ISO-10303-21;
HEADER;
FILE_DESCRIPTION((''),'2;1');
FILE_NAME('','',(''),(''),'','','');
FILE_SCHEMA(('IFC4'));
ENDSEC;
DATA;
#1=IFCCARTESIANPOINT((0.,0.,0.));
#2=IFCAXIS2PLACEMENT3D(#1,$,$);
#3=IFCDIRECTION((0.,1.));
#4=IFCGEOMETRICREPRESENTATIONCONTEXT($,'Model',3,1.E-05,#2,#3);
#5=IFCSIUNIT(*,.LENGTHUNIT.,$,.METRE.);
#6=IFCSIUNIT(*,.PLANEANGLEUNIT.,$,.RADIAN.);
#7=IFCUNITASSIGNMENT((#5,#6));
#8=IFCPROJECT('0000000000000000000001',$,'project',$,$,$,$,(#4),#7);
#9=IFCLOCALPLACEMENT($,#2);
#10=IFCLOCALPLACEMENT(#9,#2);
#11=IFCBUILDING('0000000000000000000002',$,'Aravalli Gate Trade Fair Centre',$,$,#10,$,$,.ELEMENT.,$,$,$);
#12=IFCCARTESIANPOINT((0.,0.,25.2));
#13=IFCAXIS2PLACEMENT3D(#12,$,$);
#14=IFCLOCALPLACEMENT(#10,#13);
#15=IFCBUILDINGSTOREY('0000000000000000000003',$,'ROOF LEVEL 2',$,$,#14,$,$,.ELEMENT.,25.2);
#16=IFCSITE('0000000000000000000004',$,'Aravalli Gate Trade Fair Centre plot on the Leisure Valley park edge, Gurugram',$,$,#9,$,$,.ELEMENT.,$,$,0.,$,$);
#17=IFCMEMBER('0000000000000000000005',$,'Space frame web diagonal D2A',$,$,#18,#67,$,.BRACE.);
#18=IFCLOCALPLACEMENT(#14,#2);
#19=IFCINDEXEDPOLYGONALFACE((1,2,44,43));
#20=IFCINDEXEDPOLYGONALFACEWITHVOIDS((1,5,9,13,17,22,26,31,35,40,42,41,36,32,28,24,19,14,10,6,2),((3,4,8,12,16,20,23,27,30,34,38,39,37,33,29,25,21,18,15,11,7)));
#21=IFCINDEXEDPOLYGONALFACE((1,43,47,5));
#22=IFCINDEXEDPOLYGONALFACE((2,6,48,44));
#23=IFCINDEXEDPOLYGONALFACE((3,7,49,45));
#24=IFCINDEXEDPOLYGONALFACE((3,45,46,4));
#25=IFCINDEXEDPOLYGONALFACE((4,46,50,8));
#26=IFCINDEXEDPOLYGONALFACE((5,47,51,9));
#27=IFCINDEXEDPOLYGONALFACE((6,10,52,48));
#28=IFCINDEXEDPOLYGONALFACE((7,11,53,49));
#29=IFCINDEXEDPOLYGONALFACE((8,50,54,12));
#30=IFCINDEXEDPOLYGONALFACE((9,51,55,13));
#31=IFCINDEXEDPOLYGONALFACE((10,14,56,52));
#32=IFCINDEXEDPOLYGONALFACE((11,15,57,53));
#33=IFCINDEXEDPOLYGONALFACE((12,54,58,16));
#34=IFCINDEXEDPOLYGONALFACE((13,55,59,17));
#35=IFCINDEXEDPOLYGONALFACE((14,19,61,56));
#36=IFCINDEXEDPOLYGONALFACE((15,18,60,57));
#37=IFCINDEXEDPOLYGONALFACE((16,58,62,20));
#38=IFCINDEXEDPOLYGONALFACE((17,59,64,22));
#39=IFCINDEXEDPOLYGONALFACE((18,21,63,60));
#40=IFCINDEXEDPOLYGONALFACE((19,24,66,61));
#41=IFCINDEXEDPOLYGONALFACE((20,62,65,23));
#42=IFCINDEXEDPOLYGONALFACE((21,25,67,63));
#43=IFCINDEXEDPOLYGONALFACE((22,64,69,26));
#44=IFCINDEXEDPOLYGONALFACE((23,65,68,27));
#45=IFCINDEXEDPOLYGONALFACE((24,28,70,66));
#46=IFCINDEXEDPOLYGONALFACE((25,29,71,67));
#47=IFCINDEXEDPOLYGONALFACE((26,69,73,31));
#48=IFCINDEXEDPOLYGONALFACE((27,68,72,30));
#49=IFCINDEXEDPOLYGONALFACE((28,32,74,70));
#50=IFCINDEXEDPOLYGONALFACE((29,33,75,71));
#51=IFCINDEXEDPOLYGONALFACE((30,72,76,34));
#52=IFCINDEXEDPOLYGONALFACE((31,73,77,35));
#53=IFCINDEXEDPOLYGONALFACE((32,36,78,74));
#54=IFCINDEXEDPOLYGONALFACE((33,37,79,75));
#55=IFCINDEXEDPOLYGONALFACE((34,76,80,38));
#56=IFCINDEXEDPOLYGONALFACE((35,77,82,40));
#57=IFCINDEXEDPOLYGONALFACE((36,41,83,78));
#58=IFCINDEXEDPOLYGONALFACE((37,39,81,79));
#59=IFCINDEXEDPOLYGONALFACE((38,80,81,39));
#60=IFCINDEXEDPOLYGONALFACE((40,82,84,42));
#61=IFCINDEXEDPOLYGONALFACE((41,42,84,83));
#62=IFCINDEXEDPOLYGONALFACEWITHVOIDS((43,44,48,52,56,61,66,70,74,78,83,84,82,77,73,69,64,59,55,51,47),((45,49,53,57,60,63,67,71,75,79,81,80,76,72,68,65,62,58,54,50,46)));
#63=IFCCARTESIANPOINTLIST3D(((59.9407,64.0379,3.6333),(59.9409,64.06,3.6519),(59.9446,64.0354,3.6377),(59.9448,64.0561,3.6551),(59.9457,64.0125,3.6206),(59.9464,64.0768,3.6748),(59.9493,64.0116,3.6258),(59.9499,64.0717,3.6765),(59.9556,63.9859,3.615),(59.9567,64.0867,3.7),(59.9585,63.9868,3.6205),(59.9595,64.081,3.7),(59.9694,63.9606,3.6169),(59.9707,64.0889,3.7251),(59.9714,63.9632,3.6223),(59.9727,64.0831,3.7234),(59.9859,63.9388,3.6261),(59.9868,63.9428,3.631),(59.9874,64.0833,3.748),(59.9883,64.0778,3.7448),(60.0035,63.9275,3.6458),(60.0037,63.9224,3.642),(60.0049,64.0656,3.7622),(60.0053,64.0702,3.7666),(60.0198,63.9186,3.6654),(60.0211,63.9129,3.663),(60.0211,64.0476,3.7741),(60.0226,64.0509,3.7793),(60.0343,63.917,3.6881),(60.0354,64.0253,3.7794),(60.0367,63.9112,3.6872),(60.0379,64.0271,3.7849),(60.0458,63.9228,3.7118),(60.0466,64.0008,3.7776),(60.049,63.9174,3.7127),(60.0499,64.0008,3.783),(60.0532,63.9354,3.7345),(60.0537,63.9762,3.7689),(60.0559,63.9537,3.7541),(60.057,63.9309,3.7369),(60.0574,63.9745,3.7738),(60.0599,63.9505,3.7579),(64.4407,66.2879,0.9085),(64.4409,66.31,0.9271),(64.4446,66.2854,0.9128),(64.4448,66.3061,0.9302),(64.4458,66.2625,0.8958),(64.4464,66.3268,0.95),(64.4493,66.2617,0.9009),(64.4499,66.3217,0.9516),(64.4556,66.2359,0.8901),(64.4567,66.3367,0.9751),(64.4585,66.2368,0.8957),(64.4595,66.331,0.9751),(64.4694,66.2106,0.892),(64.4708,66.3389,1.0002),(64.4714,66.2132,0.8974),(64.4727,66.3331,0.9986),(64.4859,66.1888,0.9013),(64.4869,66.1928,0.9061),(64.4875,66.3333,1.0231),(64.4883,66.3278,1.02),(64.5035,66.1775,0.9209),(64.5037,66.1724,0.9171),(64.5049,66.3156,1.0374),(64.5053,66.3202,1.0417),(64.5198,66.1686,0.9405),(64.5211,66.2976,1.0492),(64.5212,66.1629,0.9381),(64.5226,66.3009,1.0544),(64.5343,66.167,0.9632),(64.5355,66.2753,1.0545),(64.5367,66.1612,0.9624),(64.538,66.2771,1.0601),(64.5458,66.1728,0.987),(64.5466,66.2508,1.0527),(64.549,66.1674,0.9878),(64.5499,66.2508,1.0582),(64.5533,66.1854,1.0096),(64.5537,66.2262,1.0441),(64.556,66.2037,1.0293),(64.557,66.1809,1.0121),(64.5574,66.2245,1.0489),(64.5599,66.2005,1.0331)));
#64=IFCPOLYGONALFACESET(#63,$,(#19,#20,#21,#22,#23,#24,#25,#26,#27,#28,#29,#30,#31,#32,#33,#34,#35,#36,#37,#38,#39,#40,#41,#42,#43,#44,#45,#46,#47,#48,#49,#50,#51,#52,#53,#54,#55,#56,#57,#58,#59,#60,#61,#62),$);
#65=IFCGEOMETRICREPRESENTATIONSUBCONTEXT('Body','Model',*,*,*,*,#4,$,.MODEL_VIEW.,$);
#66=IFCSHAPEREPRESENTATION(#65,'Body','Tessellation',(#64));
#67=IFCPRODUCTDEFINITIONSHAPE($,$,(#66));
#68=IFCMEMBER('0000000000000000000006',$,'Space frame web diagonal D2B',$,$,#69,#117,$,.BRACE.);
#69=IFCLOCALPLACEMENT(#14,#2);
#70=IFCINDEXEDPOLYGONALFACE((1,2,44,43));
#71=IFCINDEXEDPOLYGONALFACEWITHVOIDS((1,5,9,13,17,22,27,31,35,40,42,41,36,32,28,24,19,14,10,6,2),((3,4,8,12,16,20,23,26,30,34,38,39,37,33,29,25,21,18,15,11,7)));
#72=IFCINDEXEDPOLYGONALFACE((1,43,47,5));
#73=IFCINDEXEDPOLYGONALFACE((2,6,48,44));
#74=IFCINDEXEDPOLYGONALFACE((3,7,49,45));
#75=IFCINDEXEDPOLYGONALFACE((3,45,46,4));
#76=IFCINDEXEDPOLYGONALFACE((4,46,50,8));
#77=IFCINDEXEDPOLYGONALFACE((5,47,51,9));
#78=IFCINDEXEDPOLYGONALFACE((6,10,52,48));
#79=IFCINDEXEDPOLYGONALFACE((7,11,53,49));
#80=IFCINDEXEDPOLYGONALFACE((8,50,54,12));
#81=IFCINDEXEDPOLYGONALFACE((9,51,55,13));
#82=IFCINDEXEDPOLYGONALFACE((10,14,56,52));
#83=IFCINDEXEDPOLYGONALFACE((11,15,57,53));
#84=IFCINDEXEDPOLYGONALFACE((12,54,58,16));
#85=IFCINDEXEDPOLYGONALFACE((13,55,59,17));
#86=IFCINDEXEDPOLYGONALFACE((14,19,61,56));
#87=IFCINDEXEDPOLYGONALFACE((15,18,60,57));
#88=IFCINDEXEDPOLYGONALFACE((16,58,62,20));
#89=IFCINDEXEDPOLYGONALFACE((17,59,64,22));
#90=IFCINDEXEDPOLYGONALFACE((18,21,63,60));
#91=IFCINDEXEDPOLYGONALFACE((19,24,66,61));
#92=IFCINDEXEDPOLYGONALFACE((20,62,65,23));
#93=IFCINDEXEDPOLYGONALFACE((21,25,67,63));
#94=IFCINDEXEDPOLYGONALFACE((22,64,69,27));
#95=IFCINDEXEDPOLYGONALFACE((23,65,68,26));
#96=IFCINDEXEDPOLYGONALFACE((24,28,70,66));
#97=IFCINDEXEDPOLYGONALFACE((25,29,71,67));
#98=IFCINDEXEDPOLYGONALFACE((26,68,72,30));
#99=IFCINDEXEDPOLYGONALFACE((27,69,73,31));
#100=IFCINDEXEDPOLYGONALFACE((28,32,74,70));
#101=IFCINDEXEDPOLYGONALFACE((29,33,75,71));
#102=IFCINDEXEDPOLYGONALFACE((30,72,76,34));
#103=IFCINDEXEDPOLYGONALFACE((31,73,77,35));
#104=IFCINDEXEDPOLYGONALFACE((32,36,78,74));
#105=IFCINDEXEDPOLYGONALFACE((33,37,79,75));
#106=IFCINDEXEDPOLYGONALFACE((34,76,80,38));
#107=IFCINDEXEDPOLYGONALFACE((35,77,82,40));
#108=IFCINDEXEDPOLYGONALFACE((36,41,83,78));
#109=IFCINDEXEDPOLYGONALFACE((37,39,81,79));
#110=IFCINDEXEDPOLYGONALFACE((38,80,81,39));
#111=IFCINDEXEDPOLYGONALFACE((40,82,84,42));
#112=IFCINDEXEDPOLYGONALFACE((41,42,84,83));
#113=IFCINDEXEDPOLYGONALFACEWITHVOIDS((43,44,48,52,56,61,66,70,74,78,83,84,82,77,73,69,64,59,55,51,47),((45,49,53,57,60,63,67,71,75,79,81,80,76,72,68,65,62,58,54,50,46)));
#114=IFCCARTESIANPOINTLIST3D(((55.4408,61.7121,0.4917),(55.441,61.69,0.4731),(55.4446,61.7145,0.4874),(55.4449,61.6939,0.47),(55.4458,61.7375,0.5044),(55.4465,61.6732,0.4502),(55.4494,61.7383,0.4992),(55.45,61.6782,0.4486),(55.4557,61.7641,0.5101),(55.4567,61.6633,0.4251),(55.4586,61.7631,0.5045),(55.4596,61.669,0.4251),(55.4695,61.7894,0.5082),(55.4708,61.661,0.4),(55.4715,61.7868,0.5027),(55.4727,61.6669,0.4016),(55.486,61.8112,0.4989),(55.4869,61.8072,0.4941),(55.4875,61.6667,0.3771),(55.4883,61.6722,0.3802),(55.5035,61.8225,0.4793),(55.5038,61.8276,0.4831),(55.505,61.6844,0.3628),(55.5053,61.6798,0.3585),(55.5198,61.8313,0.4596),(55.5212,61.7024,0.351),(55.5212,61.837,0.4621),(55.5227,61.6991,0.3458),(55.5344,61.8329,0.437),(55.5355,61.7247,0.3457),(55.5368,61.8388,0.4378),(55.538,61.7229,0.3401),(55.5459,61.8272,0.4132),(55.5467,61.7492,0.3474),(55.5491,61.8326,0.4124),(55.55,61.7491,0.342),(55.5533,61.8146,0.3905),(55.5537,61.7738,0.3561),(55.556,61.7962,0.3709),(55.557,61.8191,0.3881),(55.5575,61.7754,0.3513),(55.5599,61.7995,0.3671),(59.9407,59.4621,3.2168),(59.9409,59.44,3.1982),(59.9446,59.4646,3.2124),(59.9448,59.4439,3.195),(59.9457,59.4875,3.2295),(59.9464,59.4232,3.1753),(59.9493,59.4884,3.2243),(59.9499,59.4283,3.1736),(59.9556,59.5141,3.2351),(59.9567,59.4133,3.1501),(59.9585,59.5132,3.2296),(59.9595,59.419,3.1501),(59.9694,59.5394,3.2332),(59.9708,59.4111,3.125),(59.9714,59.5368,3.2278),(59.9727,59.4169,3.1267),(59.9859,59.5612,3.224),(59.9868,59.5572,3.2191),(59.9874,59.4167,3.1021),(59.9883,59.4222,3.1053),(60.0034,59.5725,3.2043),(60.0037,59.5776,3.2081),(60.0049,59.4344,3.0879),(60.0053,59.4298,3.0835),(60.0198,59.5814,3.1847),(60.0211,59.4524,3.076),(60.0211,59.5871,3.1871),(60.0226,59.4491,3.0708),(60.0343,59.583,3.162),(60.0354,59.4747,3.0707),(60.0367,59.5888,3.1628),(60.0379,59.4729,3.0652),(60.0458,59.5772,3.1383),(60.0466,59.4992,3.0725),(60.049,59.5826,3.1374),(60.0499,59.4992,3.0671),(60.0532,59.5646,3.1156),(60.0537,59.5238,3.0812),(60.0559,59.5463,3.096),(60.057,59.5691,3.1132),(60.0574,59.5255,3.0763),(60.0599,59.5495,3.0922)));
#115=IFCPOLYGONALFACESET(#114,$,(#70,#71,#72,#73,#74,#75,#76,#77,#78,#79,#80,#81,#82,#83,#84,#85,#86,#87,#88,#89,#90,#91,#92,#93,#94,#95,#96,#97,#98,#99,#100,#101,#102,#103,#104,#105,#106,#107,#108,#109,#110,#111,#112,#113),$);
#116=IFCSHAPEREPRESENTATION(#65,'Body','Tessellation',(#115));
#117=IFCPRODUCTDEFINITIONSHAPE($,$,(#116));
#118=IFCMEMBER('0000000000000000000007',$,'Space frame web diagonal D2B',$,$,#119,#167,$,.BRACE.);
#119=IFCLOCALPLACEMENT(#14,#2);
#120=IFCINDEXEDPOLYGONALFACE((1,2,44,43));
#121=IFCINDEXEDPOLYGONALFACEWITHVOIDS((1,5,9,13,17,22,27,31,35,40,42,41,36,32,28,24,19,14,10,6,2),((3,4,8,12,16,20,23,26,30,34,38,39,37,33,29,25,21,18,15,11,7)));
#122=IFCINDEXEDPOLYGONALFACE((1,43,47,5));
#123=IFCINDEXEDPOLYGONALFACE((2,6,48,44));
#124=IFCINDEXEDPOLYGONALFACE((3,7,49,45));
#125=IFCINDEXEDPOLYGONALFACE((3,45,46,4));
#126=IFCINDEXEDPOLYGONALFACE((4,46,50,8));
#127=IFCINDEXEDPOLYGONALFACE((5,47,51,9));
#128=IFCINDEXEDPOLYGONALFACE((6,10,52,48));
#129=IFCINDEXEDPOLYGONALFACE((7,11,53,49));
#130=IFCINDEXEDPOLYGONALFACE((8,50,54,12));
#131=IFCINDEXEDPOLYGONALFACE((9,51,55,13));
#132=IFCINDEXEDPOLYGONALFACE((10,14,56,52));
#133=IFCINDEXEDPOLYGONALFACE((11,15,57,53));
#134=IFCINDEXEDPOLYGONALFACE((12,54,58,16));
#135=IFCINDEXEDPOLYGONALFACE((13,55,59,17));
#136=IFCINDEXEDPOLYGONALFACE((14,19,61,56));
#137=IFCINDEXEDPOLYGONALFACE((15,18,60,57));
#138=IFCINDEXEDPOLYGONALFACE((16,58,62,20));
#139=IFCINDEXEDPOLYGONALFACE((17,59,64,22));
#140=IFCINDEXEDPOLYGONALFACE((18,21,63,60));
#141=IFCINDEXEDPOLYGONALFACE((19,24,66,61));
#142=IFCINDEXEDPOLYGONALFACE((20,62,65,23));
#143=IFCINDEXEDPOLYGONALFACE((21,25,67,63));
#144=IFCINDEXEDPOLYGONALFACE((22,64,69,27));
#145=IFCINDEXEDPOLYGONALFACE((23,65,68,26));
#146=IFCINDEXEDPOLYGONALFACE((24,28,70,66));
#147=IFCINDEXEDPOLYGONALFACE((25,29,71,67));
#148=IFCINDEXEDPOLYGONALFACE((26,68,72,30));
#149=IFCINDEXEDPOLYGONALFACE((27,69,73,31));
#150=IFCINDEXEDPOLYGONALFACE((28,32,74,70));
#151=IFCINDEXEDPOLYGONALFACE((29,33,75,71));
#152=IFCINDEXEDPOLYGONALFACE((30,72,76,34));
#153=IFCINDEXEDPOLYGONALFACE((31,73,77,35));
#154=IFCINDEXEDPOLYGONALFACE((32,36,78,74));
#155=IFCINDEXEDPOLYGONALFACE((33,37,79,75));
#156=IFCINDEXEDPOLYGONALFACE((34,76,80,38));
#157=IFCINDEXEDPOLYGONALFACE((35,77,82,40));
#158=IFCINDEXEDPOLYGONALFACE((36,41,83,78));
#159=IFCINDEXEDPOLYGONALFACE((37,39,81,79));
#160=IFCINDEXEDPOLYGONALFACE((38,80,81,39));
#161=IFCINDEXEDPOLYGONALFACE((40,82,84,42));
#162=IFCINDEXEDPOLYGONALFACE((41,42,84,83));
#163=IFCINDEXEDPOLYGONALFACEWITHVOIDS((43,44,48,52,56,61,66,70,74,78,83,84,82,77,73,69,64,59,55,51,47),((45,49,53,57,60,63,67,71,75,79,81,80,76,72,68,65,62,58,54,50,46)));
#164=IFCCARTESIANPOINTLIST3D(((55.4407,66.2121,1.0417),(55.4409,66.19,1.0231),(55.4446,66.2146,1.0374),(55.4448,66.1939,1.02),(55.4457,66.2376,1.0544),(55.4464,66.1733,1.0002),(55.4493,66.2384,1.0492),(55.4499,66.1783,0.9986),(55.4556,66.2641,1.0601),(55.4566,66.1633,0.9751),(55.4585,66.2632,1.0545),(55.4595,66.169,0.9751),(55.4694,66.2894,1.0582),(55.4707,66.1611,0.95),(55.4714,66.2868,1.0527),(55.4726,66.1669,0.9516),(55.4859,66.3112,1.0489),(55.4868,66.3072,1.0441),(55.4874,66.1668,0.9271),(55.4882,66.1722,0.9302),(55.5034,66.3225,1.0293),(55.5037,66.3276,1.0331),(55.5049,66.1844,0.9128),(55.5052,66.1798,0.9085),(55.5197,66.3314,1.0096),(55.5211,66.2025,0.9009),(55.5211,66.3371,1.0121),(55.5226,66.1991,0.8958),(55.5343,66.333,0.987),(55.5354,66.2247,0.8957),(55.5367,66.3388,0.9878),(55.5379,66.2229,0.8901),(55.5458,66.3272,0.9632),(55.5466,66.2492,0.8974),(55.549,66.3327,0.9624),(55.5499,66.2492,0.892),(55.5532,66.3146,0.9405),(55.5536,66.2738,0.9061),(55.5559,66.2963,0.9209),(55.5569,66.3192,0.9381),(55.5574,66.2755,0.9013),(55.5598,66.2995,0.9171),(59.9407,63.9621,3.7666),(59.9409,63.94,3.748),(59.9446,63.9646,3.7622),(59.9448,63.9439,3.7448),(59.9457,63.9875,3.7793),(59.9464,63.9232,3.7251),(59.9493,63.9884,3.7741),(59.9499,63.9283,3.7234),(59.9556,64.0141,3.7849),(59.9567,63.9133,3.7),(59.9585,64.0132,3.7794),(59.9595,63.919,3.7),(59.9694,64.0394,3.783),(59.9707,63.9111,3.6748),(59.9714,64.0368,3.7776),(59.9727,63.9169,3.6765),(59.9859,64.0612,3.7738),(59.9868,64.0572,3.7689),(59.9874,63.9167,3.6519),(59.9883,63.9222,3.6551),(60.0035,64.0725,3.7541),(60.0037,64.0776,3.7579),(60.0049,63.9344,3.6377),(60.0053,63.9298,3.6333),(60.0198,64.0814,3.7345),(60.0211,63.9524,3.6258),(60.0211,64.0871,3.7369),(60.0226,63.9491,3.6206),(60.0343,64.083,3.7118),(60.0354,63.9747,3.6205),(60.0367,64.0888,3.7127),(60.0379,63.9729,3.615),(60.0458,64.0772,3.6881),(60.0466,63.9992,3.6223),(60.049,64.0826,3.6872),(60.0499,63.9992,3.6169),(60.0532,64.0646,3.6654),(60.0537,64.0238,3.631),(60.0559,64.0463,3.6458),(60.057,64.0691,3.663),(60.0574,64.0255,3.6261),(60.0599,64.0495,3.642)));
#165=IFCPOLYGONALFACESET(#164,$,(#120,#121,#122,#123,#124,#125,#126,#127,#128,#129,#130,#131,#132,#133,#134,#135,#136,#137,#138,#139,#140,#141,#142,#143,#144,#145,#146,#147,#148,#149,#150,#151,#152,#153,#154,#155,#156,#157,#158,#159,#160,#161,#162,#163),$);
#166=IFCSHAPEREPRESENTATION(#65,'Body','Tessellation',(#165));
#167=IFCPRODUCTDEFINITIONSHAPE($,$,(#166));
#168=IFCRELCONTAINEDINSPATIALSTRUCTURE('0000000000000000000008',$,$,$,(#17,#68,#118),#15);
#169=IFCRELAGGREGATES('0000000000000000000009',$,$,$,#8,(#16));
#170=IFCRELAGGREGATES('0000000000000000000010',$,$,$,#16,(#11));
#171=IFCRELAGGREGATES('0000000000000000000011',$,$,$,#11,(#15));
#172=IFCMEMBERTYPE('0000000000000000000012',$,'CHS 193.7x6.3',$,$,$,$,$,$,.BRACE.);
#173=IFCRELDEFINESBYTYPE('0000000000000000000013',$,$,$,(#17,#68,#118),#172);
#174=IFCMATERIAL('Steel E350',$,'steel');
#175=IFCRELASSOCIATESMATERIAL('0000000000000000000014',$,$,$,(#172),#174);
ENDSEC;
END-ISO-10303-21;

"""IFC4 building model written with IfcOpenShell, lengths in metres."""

from ifc_helpers import new_model, si_unit, direction, frame, origin, origin_2d, place, context, subcontext, project, spatial, hollow_circle, extrude, material, material_profile, profile_set, type_object, element, save


model = new_model("IFC4")

# Units and contexts
model_context = context("Model", 3, precision=1e-05, world=origin(), true_north=direction((0.0, 1.0)))
body_context = subcontext(model_context, "Body", "Model", "MODEL_VIEW")
ifc_project = project(units=[si_unit("LENGTHUNIT", "METRE"), si_unit("PLANEANGLEUNIT", "RADIAN")], contexts=[model_context])

# Site, building, storey
site_placement = place(None, origin())
site = spatial("IfcSite", under=ifc_project, at=site_placement, Name="Aravalli Gate Trade Fair Centre plot on the Leisure Valley park edge, Gurugram", CompositionType="ELEMENT", RefElevation=0.0)
building_placement = place(site_placement, origin())
building = spatial("IfcBuilding", under=site, at=building_placement, Name="Aravalli Gate Trade Fair Centre", CompositionType="ELEMENT")
storey_placement = place(building_placement, frame((0.0, 0.0, 25.2)))
storey = spatial("IfcBuildingStorey", under=building, at=storey_placement, Name="ROOF LEVEL 2", CompositionType="ELEMENT", Elevation=25.2)

# Members
ifc_material_1 = material(Name="Steel E350", Category="steel")
ifc_material_profile_1 = material_profile(ifc_material_1, hollow_circle(Radius=0.0969, WallThickness=0.0063, at=origin_2d()), Name="CHS 193.7x6.3")
ifc_profile_set_1 = profile_set([ifc_material_profile_1], Name="Steel E350")
member_type_1 = type_object("IfcMemberType", Name="CHS 193.7x6.3", PredefinedType="BRACE", material=ifc_profile_set_1)
for number, where, z_axis, x_axis, name in (
    (1, (60.0, 64.0, 3.7), (0.786486, 0.393243, -0.476235), (-0.447214, 0.894427, 0.0), "Space frame web diagonal D2A"),
    (2, (60.0, 59.5, 3.1501), (-0.78647, 0.393235, -0.476268), (-0.447214, -0.894427, 0.0), "Space frame web diagonal D2B"),
    (3, (60.0, 64.0, 3.7), (-0.786486, 0.393243, -0.476235), (-0.447214, -0.894427, 0.0), "Space frame web diagonal D2B"),
):
    element("IfcMember", number, at=place(storey_placement, frame(where, z_axis=z_axis, x_axis=x_axis)), inside=storey, type_object=member_type_1, Name=name, PredefinedType="BRACE", context=body_context, shape_type="SweptSolid", body=[
        extrude(hollow_circle(Radius=0.0969, WallThickness=0.0063, at=origin_2d()), origin(), (0.0, 0.0, 1.0), 5.7217),
    ])

save(model, "model.ifc")
